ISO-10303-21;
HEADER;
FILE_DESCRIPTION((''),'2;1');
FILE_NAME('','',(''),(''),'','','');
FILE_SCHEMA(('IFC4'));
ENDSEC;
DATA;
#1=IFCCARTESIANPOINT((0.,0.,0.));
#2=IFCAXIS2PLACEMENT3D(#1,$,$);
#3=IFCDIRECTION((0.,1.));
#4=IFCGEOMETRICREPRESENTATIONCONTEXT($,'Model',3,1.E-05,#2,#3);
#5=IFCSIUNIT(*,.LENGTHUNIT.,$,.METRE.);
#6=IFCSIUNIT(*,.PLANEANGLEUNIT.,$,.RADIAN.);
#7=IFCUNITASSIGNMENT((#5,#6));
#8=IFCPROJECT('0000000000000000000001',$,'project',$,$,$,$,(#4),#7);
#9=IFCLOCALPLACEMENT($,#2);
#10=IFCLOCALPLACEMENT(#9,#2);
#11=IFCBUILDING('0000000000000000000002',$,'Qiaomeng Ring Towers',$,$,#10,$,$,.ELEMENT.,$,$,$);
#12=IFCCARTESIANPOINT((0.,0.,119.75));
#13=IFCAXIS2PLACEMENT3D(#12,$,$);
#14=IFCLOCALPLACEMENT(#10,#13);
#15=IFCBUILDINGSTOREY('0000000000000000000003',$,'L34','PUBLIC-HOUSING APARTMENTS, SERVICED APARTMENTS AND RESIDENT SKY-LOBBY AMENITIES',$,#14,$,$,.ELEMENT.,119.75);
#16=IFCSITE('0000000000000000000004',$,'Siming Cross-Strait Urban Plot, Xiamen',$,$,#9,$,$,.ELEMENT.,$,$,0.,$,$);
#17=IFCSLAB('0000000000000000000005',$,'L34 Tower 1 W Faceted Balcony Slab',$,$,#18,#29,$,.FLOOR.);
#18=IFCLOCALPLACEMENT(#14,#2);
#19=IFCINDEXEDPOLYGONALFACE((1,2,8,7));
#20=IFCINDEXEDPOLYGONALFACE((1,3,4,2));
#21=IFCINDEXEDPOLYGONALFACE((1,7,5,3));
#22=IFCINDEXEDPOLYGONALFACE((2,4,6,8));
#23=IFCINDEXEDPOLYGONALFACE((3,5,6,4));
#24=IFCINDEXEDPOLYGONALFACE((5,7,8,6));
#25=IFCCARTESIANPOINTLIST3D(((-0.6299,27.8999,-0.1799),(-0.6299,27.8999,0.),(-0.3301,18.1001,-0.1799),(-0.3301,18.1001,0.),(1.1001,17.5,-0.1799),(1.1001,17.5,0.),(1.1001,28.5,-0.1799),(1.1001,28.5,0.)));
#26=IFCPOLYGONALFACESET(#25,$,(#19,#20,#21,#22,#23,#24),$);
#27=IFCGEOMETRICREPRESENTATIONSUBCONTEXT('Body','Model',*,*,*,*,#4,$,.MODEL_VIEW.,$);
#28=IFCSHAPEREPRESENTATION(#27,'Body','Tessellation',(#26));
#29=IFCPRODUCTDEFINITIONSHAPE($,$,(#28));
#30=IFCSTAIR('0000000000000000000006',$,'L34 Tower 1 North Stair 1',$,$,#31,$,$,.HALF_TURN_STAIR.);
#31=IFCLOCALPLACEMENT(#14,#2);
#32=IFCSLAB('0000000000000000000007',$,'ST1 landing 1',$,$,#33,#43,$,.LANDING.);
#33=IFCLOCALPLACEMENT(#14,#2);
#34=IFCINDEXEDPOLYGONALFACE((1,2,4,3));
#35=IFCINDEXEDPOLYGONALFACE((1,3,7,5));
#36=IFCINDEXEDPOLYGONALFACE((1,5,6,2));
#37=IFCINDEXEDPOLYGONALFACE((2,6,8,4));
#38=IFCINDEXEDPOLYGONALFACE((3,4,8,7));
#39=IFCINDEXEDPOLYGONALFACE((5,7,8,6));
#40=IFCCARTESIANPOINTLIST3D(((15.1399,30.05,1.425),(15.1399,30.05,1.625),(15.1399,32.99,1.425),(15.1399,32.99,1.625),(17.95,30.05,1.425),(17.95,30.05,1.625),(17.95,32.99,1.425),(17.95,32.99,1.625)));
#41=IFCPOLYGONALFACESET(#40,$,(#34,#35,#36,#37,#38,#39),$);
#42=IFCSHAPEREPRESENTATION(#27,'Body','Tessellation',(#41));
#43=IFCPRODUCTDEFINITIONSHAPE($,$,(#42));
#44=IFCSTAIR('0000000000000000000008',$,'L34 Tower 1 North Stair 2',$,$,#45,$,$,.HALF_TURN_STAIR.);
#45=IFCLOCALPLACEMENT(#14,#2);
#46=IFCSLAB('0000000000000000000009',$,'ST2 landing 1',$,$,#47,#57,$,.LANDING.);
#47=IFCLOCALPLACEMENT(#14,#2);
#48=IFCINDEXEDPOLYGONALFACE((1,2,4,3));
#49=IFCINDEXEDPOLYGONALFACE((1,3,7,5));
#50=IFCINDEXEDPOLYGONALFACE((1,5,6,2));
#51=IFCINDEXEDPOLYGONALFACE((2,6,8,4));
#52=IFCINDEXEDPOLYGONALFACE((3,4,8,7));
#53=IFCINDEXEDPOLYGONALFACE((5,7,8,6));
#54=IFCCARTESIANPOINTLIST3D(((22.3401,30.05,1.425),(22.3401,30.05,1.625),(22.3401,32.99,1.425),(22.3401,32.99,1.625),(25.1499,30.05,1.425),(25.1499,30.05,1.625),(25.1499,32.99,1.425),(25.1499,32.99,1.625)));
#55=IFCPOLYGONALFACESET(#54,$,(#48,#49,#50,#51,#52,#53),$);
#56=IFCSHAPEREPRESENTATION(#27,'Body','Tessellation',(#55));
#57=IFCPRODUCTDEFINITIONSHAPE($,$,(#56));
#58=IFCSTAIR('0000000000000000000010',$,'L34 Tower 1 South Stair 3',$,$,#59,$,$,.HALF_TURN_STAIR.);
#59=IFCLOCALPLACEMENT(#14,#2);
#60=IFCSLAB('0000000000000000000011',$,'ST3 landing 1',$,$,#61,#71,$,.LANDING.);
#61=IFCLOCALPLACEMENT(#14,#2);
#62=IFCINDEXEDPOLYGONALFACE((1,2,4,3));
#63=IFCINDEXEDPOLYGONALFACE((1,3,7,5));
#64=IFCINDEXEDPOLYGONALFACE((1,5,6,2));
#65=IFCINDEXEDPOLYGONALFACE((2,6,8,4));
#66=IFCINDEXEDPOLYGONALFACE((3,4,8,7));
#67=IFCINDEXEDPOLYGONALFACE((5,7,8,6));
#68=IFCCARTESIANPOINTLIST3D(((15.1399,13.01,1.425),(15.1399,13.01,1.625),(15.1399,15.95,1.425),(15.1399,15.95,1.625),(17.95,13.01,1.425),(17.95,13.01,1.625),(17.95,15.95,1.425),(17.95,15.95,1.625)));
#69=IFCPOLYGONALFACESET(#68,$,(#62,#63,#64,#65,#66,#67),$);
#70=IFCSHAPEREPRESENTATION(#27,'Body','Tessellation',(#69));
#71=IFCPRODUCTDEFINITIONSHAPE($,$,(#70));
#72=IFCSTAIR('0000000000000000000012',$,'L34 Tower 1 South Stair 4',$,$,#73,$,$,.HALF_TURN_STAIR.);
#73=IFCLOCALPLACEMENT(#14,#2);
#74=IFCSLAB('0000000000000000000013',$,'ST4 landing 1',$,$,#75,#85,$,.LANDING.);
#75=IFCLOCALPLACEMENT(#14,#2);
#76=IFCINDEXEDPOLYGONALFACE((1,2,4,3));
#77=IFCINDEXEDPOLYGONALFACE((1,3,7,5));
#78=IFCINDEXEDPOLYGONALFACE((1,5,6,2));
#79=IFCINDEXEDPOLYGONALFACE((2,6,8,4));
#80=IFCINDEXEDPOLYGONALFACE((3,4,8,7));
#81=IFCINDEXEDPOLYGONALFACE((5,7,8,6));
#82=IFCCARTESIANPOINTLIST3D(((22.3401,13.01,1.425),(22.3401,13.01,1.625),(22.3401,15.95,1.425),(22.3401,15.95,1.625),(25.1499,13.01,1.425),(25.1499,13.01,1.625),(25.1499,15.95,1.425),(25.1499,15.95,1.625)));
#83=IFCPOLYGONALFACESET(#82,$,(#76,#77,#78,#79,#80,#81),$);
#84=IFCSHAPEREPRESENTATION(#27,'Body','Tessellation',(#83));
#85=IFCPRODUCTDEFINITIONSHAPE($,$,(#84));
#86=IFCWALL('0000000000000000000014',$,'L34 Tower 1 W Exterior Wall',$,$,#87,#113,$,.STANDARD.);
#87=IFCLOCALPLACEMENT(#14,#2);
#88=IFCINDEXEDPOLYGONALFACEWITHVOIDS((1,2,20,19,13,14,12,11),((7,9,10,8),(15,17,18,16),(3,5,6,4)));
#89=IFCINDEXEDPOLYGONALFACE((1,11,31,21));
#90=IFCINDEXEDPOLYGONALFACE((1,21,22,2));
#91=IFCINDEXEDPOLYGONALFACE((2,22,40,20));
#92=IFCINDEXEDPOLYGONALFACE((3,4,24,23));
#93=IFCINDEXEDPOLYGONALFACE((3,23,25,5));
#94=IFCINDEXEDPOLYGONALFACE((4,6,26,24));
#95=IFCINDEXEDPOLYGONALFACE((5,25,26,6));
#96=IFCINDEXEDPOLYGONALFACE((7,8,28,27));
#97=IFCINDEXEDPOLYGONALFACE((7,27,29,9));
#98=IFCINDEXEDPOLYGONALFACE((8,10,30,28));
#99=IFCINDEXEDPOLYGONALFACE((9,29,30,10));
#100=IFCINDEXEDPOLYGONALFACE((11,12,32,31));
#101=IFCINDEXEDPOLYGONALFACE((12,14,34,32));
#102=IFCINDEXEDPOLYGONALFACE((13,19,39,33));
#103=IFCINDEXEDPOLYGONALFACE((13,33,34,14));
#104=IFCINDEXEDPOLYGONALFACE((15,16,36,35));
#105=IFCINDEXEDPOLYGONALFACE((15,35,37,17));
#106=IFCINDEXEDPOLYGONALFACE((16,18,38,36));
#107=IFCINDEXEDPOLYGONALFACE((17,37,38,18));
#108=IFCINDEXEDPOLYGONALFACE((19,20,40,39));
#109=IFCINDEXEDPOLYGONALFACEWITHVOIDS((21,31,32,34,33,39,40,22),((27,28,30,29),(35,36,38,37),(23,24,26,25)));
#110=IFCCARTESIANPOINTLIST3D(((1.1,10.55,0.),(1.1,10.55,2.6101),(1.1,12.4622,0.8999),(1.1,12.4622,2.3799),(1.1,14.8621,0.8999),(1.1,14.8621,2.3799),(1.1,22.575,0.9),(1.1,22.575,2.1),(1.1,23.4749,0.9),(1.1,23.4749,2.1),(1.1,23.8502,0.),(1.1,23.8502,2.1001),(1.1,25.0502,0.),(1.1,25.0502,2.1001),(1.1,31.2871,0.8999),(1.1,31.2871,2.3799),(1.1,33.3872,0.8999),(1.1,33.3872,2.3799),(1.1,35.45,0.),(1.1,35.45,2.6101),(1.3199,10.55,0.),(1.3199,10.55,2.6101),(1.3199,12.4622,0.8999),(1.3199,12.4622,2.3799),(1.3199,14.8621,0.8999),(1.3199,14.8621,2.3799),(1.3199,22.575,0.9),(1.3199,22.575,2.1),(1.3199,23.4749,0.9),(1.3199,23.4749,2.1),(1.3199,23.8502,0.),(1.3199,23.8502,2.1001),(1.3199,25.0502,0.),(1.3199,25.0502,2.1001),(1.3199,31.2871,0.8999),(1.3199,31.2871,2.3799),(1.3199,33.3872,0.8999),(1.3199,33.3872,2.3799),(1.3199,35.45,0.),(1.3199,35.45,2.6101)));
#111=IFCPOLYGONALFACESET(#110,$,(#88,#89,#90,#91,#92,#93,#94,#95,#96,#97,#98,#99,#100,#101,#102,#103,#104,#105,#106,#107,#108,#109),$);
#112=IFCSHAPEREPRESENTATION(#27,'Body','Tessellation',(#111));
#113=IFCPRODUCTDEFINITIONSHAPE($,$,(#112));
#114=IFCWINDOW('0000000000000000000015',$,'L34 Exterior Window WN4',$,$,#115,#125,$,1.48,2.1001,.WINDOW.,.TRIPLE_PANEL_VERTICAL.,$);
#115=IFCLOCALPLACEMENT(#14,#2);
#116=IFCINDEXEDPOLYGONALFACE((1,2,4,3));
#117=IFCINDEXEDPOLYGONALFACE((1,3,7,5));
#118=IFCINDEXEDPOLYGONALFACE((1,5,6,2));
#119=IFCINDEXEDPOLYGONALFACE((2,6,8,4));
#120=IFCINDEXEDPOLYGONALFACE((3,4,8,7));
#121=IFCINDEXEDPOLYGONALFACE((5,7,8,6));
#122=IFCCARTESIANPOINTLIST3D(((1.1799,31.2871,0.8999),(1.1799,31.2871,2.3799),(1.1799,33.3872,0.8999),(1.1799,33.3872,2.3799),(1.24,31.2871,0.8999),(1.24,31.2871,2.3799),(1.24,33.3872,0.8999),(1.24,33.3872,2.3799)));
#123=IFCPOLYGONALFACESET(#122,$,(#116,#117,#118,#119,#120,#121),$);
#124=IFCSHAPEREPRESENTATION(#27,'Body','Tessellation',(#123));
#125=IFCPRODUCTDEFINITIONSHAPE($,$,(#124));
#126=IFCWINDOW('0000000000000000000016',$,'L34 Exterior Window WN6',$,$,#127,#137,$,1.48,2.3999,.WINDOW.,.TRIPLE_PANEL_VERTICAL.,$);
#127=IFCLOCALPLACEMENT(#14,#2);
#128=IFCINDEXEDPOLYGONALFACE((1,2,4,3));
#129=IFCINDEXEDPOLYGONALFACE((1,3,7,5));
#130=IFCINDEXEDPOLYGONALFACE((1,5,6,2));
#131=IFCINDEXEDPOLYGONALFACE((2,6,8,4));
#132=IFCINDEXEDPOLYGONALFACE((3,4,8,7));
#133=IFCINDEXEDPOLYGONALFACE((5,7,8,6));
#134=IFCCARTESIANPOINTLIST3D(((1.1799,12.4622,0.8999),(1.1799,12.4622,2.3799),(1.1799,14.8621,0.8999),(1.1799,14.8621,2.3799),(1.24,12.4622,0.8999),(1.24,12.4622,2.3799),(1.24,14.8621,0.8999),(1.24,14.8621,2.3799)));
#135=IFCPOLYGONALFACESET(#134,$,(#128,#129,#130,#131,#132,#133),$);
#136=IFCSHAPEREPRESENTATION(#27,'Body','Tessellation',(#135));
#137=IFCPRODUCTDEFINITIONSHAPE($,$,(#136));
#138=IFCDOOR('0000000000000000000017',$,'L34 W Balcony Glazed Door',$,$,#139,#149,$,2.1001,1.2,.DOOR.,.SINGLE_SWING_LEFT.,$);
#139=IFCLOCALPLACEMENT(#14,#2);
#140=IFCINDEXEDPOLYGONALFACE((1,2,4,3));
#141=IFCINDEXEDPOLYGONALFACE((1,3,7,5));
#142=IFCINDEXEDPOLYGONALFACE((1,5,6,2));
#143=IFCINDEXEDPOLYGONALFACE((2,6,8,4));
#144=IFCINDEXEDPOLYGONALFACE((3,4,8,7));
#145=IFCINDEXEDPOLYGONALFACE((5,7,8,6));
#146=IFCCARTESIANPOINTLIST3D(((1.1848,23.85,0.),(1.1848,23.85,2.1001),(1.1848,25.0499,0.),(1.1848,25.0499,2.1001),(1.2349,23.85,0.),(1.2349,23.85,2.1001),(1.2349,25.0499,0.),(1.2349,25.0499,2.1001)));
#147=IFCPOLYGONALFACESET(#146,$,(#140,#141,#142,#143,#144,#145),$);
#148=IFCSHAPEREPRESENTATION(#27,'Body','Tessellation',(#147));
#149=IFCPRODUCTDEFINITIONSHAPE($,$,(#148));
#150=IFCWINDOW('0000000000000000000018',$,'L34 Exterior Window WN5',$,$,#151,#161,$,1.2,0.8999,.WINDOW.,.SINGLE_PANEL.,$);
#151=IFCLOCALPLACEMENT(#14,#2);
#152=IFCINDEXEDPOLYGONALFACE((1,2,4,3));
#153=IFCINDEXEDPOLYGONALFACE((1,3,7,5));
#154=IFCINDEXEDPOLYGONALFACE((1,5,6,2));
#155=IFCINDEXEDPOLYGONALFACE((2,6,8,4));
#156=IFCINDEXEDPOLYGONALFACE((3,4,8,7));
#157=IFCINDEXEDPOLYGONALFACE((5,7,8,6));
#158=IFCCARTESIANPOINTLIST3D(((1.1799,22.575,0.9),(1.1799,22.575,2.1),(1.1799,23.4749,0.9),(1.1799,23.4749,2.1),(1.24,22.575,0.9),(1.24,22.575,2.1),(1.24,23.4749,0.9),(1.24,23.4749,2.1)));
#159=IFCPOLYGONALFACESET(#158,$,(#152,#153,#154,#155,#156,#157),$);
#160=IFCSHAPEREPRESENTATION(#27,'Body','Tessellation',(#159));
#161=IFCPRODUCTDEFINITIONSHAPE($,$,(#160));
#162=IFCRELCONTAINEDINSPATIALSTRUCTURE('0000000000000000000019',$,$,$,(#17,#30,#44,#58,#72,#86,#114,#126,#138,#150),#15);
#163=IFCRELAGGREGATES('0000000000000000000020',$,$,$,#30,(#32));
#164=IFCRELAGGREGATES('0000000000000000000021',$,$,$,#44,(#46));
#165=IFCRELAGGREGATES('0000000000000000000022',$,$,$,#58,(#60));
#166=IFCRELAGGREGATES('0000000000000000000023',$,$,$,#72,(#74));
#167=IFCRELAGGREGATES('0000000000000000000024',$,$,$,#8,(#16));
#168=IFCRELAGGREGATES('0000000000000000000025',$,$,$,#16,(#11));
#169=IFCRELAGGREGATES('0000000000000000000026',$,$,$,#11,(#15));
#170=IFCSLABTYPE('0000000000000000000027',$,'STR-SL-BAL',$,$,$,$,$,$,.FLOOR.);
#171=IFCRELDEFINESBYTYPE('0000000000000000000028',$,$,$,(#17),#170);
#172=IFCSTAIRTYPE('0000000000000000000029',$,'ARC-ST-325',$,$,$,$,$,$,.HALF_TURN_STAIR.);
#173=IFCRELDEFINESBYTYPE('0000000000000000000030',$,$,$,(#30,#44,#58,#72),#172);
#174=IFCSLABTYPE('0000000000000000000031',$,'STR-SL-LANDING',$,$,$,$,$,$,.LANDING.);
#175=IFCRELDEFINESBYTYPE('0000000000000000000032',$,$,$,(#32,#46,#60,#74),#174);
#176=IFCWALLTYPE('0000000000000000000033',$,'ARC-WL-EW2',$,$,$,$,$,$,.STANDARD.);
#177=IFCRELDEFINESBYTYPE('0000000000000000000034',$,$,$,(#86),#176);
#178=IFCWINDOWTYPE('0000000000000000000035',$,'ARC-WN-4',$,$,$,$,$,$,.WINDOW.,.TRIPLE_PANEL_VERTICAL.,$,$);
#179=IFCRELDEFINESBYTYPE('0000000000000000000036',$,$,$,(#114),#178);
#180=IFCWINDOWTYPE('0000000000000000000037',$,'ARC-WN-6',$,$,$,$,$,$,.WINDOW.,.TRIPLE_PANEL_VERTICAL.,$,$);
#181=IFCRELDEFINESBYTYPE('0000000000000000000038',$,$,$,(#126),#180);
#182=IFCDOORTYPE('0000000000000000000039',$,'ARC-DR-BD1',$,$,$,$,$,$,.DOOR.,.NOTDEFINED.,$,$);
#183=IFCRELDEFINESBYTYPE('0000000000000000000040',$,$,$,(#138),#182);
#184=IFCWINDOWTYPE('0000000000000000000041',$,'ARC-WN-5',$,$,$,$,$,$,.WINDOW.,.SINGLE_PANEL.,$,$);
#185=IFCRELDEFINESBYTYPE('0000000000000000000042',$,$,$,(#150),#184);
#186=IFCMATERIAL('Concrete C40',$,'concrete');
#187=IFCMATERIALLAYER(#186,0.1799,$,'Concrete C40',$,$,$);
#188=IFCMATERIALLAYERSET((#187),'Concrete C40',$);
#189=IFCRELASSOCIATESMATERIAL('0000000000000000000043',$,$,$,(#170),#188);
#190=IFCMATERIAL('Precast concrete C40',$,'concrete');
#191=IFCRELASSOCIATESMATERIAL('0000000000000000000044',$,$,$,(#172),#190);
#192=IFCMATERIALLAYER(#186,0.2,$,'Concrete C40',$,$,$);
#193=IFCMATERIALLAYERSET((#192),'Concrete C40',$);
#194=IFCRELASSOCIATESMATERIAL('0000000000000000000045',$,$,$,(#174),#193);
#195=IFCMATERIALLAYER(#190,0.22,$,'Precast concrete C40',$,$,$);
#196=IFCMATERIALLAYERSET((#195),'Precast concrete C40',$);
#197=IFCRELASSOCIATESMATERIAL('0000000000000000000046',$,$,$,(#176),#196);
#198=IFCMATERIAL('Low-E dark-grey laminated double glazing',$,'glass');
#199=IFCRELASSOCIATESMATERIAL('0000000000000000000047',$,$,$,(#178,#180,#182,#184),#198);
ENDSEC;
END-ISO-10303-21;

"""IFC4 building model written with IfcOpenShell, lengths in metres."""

from ifc_helpers import new_model, si_unit, direction, frame, frame_2d, origin, place, context, subcontext, project, spatial, polyline, rectangle, outline, extrude, source, transform, mapped, material, layer, layer_set, type_object, element, fill, aggregate, save


model = new_model("IFC4")

# Units and contexts
model_context = context("Model", 3, precision=1e-05, world=origin(), true_north=direction((0.0, 1.0)))
body_context = subcontext(model_context, "Body", "Model", "MODEL_VIEW")
ifc_project = project(units=[si_unit("LENGTHUNIT", "METRE"), si_unit("PLANEANGLEUNIT", "RADIAN")], contexts=[model_context])

# Site, building, storey
site_placement = place(None, origin())
site = spatial("IfcSite", under=ifc_project, at=site_placement, Name="Siming Cross-Strait Urban Plot, Xiamen", CompositionType="ELEMENT", RefElevation=0.0)
building_placement = place(site_placement, origin())
building = spatial("IfcBuilding", under=site, at=building_placement, Name="Qiaomeng Ring Towers", CompositionType="ELEMENT")
storey_placement = place(building_placement, frame((0.0, 0.0, 119.75)))
storey = spatial("IfcBuildingStorey", under=building, at=storey_placement, Name="L34", Description="PUBLIC-HOUSING APARTMENTS, SERVICED APARTMENTS AND RESIDENT SKY-LOBBY AMENITIES", CompositionType="ELEMENT", Elevation=119.75)

# Slab
ifc_material_1 = material(Name="Concrete C40", Category="concrete")
ifc_layer_1 = layer(ifc_material_1, 0.1799, Name="Concrete C40")
ifc_layer_set_1 = layer_set([ifc_layer_1], Name="Concrete C40")
slab_type_1 = type_object("IfcSlabType", Name="STR-SL-BAL", PredefinedType="FLOOR", material=ifc_layer_set_1)
slab_1_placement = place(storey_placement, frame((0.0, 0.0, -0.1799)))
element("IfcSlab", 1, at=slab_1_placement, inside=storey, type_object=slab_type_1, Name="L34 Tower 1 W Faceted Balcony Slab", PredefinedType="FLOOR", context=body_context, shape_type="SweptSolid", body=[
    extrude(outline(polyline([(-0.3301, 18.1001), (-0.6299, 27.8999), (1.1001, 28.5), (1.1001, 17.5), (-0.3301, 18.1001)])), origin(), (0.0, 0.0, 1.0), 0.1799),
])

# Stairs, slabs
ifc_material_2 = material(Name="Precast concrete C40", Category="concrete")
stair_type = type_object("IfcStairType", Name="ARC-ST-325", PredefinedType="HALF_TURN_STAIR", material=ifc_material_2)
stair_1_placement = place(storey_placement, origin())
stair_1 = element("IfcStair", 2, at=stair_1_placement, inside=storey, type_object=stair_type, Name="L34 Tower 1 North Stair 1", PredefinedType="HALF_TURN_STAIR")
ifc_layer_2 = layer(ifc_material_1, 0.2, Name="Concrete C40")
ifc_layer_set_2 = layer_set([ifc_layer_2], Name="Concrete C40")
slab_type_2 = type_object("IfcSlabType", Name="STR-SL-LANDING", PredefinedType="LANDING", material=ifc_layer_set_2)
slab_2_placement = place(storey_placement, frame((0.0, 0.0, 1.425)))
slab_2 = element("IfcSlab", 3, at=slab_2_placement, type_object=slab_type_2, Name="ST1 landing 1", PredefinedType="LANDING", context=body_context, shape_type="SweptSolid", body=[
    extrude(outline(polyline([(15.1399, 30.05), (17.95, 30.05), (17.95, 32.99), (15.1399, 32.99), (15.1399, 30.05)])), origin(), (0.0, 0.0, 1.0), 0.2),
])
aggregate(stair_1, [slab_2])
stair_2_placement = place(storey_placement, origin())
stair_2 = element("IfcStair", 4, at=stair_2_placement, inside=storey, type_object=stair_type, Name="L34 Tower 1 North Stair 2", PredefinedType="HALF_TURN_STAIR")
slab_3_placement = place(storey_placement, frame((0.0, 0.0, 1.425)))
slab_3 = element("IfcSlab", 5, at=slab_3_placement, type_object=slab_type_2, Name="ST2 landing 1", PredefinedType="LANDING", context=body_context, shape_type="SweptSolid", body=[
    extrude(outline(polyline([(22.3401, 30.05), (25.1499, 30.05), (25.1499, 32.99), (22.3401, 32.99), (22.3401, 30.05)])), origin(), (0.0, 0.0, 1.0), 0.2),
])
aggregate(stair_2, [slab_3])
stair_3_placement = place(storey_placement, origin())
stair_3 = element("IfcStair", 6, at=stair_3_placement, inside=storey, type_object=stair_type, Name="L34 Tower 1 South Stair 3", PredefinedType="HALF_TURN_STAIR")
slab_4_placement = place(storey_placement, frame((0.0, 0.0, 1.425)))
slab_4 = element("IfcSlab", 7, at=slab_4_placement, type_object=slab_type_2, Name="ST3 landing 1", PredefinedType="LANDING", context=body_context, shape_type="SweptSolid", body=[
    extrude(outline(polyline([(15.1399, 13.01), (17.95, 13.01), (17.95, 15.95), (15.1399, 15.95), (15.1399, 13.01)])), origin(), (0.0, 0.0, 1.0), 0.2),
])
aggregate(stair_3, [slab_4])
stair_4_placement = place(storey_placement, origin())
stair_4 = element("IfcStair", 8, at=stair_4_placement, inside=storey, type_object=stair_type, Name="L34 Tower 1 South Stair 4", PredefinedType="HALF_TURN_STAIR")
slab_5_placement = place(storey_placement, frame((0.0, 0.0, 1.425)))
slab_5 = element("IfcSlab", 9, at=slab_5_placement, type_object=slab_type_2, Name="ST4 landing 1", PredefinedType="LANDING", context=body_context, shape_type="SweptSolid", body=[
    extrude(outline(polyline([(22.3401, 13.01), (25.1499, 13.01), (25.1499, 15.95), (22.3401, 15.95), (22.3401, 13.01)])), origin(), (0.0, 0.0, 1.0), 0.2),
])
aggregate(stair_4, [slab_5])

# Wall, openings, windows, door
ifc_layer_3 = layer(ifc_material_2, 0.22, Name="Precast concrete C40")
ifc_layer_set_3 = layer_set([ifc_layer_3], Name="Precast concrete C40")
wall_type_1 = type_object("IfcWallType", Name="ARC-WL-EW2", PredefinedType="STANDARD", material=ifc_layer_set_3)
wall_1_placement = place(storey_placement, frame((1.21, 10.55, 0.0), z_axis=(0.0, 0.0, 1.0), x_axis=(0.0, 1.0, 0.0)))
wall_1 = element("IfcWall", 10, at=wall_1_placement, inside=storey, type_object=wall_type_1, Name="L34 Tower 1 W Exterior Wall", PredefinedType="STANDARD", context=body_context, shape_type="SweptSolid", body=[
    extrude(rectangle(XDim=24.8999, YDim=0.22, at=frame_2d((12.45, 0.0))), origin(), (0.0, 0.0, 1.0), 2.6101),
])
opening_1_placement = place(wall_1_placement, frame((13.3, 0.0, 0.0)))
opening_1 = element("IfcOpeningElement", 11, at=opening_1_placement, cuts=wall_1, PredefinedType="OPENING", context=body_context, shape_type="SweptSolid", body=[
    extrude(rectangle(XDim=1.2, YDim=2.1001, at=frame_2d((0.6001, 1.05))), frame((0.0, 0.1199, 0.0), z_axis=(0.0, -1.0, 0.0), x_axis=(1.0, 0.0, 0.0)), (0.0, 0.0, 1.0), 0.24),
])
opening_2_placement = place(wall_1_placement, frame((1.9121, 0.0, 0.8999)))
opening_2 = element("IfcOpeningElement", 12, at=opening_2_placement, cuts=wall_1, PredefinedType="OPENING", context=body_context, shape_type="SweptSolid", body=[
    extrude(rectangle(XDim=2.3999, YDim=1.48, at=frame_2d((1.2, 0.74))), frame((0.0, 0.1199, 0.0), z_axis=(0.0, -1.0, 0.0), x_axis=(1.0, 0.0, 0.0)), (0.0, 0.0, 1.0), 0.24),
])
opening_3_placement = place(wall_1_placement, frame((20.7371, 0.0, 0.8999)))
opening_3 = element("IfcOpeningElement", 13, at=opening_3_placement, cuts=wall_1, PredefinedType="OPENING", context=body_context, shape_type="SweptSolid", body=[
    extrude(rectangle(XDim=2.1001, YDim=1.48, at=frame_2d((1.05, 0.74))), frame((0.0, 0.1199, 0.0), z_axis=(0.0, -1.0, 0.0), x_axis=(1.0, 0.0, 0.0)), (0.0, 0.0, 1.0), 0.24),
])
opening_4_placement = place(wall_1_placement, frame((12.0249, 0.0, 0.8999)))
opening_4 = element("IfcOpeningElement", 14, at=opening_4_placement, cuts=wall_1, PredefinedType="OPENING", context=body_context, shape_type="SweptSolid", body=[
    extrude(rectangle(XDim=0.8999, YDim=1.2, at=frame_2d((0.45, 0.6001))), frame((0.0, 0.1199, 0.0), z_axis=(0.0, -1.0, 0.0), x_axis=(1.0, 0.0, 0.0)), (0.0, 0.0, 1.0), 0.24),
])
ifc_material_3 = material(Name="Low-E dark-grey laminated double glazing", Category="glass")
window_type_1 = type_object("IfcWindowType", Name="ARC-WN-4", PartitioningType="TRIPLE_PANEL_VERTICAL", PredefinedType="WINDOW", material=ifc_material_3)
shared_shape_1 = source(origin(), body_context, "Body", "SweptSolid", [
    extrude(rectangle(XDim=2.1001, YDim=1.48, at=frame_2d((1.05, 0.74))), frame((0.0, 0.03, 0.0), z_axis=(0.0, -1.0, 0.0), x_axis=(1.0, 0.0, 0.0)), (0.0, 0.0, 1.0), 0.0601),
])
window_1_placement = place(opening_3_placement, origin())
window_1 = element("IfcWindow", 15, at=window_1_placement, inside=storey, type_object=window_type_1, Name="L34 Exterior Window WN4", OverallHeight=1.48, OverallWidth=2.1001, PartitioningType="TRIPLE_PANEL_VERTICAL", PredefinedType="WINDOW", context=body_context, shape_type="MappedRepresentation", body=[
    mapped(shared_shape_1, transform((0.0, 0.0, 0.0), x_axis=(1.0, 0.0, 0.0), y_axis=(0.0, 1.0, 0.0), z_axis=(0.0, 0.0, 1.0), scale=1.0)),
])
fill(opening_3, window_1)
window_type_2 = type_object("IfcWindowType", Name="ARC-WN-6", PartitioningType="TRIPLE_PANEL_VERTICAL", PredefinedType="WINDOW", material=ifc_material_3)
shared_shape_2 = source(origin(), body_context, "Body", "SweptSolid", [
    extrude(rectangle(XDim=2.3999, YDim=1.48, at=frame_2d((1.2, 0.74))), frame((0.0, 0.03, 0.0), z_axis=(0.0, -1.0, 0.0), x_axis=(1.0, 0.0, 0.0)), (0.0, 0.0, 1.0), 0.0601),
])
window_2_placement = place(opening_2_placement, origin())
window_2 = element("IfcWindow", 16, at=window_2_placement, inside=storey, type_object=window_type_2, Name="L34 Exterior Window WN6", OverallHeight=1.48, OverallWidth=2.3999, PartitioningType="TRIPLE_PANEL_VERTICAL", PredefinedType="WINDOW", context=body_context, shape_type="MappedRepresentation", body=[
    mapped(shared_shape_2, transform((0.0, 0.0, 0.0), x_axis=(1.0, 0.0, 0.0), y_axis=(0.0, 1.0, 0.0), z_axis=(0.0, 0.0, 1.0), scale=1.0)),
])
fill(opening_2, window_2)
door_type = type_object("IfcDoorType", Name="ARC-DR-BD1", OperationType="NOTDEFINED", PredefinedType="DOOR", material=ifc_material_3)
shared_shape_3 = source(origin(), body_context, "Body", "SweptSolid", [
    extrude(rectangle(XDim=1.2, YDim=2.1001, at=frame_2d((0.6001, 1.05))), frame((0.0, 0.0249, 0.0), z_axis=(0.0, -1.0, 0.0), x_axis=(1.0, 0.0, 0.0)), (0.0, 0.0, 1.0), 0.05),
])
door_placement = place(opening_1_placement, frame((1.2, 0.0, 0.0), z_axis=(0.0, 0.0, 1.0), x_axis=(-1.0, 0.0, 0.0)))
door = element("IfcDoor", 17, at=door_placement, inside=storey, type_object=door_type, Name="L34 W Balcony Glazed Door", OperationType="SINGLE_SWING_LEFT", OverallHeight=2.1001, OverallWidth=1.2, PredefinedType="DOOR", context=body_context, shape_type="MappedRepresentation", body=[
    mapped(shared_shape_3, transform((0.0, 0.0, 0.0), x_axis=(1.0, 0.0, 0.0), y_axis=(0.0, 1.0, 0.0), z_axis=(0.0, 0.0, 1.0), scale=1.0)),
])
fill(opening_1, door)
window_type_3 = type_object("IfcWindowType", Name="ARC-WN-5", PartitioningType="SINGLE_PANEL", PredefinedType="WINDOW", material=ifc_material_3)
shared_shape_4 = source(origin(), body_context, "Body", "SweptSolid", [
    extrude(rectangle(XDim=0.8999, YDim=1.2, at=frame_2d((0.45, 0.6001))), frame((0.0, 0.03, 0.0), z_axis=(0.0, -1.0, 0.0), x_axis=(1.0, 0.0, 0.0)), (0.0, 0.0, 1.0), 0.0601),
])
window_3_placement = place(opening_4_placement, origin())
window_3 = element("IfcWindow", 18, at=window_3_placement, inside=storey, type_object=window_type_3, Name="L34 Exterior Window WN5", OverallHeight=1.2, OverallWidth=0.8999, PartitioningType="SINGLE_PANEL", PredefinedType="WINDOW", context=body_context, shape_type="MappedRepresentation", body=[
    mapped(shared_shape_4, transform((0.0, 0.0, 0.0), x_axis=(1.0, 0.0, 0.0), y_axis=(0.0, 1.0, 0.0), z_axis=(0.0, 0.0, 1.0), scale=1.0)),
])
fill(opening_4, window_3)

save(model, "model.ifc")
